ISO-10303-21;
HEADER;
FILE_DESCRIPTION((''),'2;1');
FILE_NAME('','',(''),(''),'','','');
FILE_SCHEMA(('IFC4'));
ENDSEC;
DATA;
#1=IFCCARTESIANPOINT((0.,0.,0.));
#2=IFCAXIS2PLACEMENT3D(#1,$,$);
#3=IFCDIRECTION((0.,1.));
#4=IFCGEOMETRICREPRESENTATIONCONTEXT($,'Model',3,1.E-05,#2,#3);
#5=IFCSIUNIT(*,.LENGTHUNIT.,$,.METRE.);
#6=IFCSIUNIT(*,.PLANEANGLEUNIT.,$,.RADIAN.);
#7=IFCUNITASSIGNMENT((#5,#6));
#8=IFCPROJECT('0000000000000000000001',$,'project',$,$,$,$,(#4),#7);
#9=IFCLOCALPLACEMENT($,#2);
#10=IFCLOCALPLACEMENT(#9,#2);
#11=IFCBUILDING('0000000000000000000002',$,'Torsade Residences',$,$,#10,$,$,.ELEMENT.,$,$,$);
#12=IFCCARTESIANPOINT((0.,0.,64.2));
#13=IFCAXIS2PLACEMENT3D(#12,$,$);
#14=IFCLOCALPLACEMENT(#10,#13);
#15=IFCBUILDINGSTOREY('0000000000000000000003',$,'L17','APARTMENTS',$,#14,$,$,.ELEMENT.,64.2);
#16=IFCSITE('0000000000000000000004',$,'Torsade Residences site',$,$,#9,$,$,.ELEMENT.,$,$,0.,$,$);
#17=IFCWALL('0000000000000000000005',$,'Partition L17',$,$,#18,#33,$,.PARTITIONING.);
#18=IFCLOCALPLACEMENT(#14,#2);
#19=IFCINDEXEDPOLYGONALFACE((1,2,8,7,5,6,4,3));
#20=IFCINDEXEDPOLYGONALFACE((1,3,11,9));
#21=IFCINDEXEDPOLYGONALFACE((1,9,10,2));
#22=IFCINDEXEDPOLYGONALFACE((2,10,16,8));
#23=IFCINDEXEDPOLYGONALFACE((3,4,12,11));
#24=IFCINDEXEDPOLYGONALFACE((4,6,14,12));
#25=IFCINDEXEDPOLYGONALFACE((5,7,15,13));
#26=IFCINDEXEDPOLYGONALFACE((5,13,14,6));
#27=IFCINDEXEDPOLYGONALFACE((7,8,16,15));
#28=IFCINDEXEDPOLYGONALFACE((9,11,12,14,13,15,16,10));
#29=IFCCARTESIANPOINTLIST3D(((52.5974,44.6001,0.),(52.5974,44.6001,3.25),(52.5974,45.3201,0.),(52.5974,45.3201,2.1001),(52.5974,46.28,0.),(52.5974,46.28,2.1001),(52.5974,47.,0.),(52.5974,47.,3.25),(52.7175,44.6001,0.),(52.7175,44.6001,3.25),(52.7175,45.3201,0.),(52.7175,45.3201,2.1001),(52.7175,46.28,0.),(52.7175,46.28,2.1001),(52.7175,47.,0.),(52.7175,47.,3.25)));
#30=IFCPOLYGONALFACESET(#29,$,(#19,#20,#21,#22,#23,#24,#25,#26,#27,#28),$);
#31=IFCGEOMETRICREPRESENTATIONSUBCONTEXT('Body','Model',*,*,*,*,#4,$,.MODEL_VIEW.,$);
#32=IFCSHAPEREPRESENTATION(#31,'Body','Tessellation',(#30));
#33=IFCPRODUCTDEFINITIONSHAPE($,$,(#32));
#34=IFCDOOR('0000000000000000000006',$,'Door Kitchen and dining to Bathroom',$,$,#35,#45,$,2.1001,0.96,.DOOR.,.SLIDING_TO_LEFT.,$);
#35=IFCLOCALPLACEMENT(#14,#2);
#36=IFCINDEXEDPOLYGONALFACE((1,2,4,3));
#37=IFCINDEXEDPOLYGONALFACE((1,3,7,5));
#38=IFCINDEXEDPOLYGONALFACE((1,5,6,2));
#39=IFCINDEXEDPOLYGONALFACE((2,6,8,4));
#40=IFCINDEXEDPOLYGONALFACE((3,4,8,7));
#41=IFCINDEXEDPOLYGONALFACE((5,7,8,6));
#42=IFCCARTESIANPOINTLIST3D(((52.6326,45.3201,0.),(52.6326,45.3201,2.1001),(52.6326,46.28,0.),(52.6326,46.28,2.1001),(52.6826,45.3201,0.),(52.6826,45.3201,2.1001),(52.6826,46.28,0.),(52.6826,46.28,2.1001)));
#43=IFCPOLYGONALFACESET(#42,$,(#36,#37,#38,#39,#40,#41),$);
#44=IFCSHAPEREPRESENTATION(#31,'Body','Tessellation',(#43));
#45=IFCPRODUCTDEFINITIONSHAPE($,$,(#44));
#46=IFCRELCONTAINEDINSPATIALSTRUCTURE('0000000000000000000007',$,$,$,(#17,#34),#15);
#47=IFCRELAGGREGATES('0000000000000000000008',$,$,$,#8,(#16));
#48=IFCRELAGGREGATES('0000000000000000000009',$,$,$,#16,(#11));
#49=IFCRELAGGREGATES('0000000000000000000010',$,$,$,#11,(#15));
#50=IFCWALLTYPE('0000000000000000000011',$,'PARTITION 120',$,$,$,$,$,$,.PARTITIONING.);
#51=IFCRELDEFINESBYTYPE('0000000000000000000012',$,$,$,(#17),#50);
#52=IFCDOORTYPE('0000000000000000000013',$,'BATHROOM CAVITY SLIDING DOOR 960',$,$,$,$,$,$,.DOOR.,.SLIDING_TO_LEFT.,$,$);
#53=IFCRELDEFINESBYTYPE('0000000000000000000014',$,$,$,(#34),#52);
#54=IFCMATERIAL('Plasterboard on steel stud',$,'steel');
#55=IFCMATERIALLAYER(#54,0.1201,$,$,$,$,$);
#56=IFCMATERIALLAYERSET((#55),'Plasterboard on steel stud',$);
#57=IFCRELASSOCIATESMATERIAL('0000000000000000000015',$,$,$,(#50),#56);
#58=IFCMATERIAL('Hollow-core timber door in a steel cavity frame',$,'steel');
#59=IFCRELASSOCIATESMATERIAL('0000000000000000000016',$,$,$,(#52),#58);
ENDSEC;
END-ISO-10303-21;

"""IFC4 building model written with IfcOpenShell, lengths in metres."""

from ifc_helpers import new_model, si_unit, direction, frame, frame_2d, origin, place, context, subcontext, project, spatial, rectangle, extrude, material, layer, layer_set, type_object, element, fill, save


model = new_model("IFC4")

# Units and contexts
model_context = context("Model", 3, precision=1e-05, world=origin(), true_north=direction((0.0, 1.0)))
body_context = subcontext(model_context, "Body", "Model", "MODEL_VIEW")
ifc_project = project(units=[si_unit("LENGTHUNIT", "METRE"), si_unit("PLANEANGLEUNIT", "RADIAN")], contexts=[model_context])

# Site, building, storey
site_placement = place(None, origin())
site = spatial("IfcSite", under=ifc_project, at=site_placement, Name="Torsade Residences site", CompositionType="ELEMENT", RefElevation=0.0)
building_placement = place(site_placement, origin())
building = spatial("IfcBuilding", under=site, at=building_placement, Name="Torsade Residences", CompositionType="ELEMENT")
storey_placement = place(building_placement, frame((0.0, 0.0, 64.2)))
storey = spatial("IfcBuildingStorey", under=building, at=storey_placement, Name="L17", Description="APARTMENTS", CompositionType="ELEMENT", Elevation=64.2)

# Shared definitions
ifc_material_1 = material(Name="Plasterboard on steel stud", Category="steel")
ifc_layer_1 = layer(ifc_material_1, 0.1201)
ifc_layer_set_1 = layer_set([ifc_layer_1], Name="Plasterboard on steel stud")
wall_type_1 = type_object("IfcWallType", Name="PARTITION 120", PredefinedType="PARTITIONING", material=ifc_layer_set_1)

# Shared definitions
ifc_material_2 = material(Name="Hollow-core timber door in a steel cavity frame", Category="steel")
door_type_1 = type_object("IfcDoorType", Name="BATHROOM CAVITY SLIDING DOOR 960", OperationType="SLIDING_TO_LEFT", PredefinedType="DOOR", material=ifc_material_2)

# Wall, opening, door
wall_1_placement = place(storey_placement, frame((52.6575, 44.6001, 0.0), z_axis=(0.0, 0.0, 1.0), x_axis=(0.0, 1.0, 0.0)))
wall_1 = element("IfcWall", 1, at=wall_1_placement, inside=storey, type_object=wall_type_1, Name="Partition L17", PredefinedType="PARTITIONING", context=body_context, shape_type="SweptSolid", body=[
    extrude(rectangle(XDim=2.3999, YDim=0.1201, at=frame_2d((1.2, 0.0))), origin(), (0.0, 0.0, 1.0), 3.25),
])
opening_1_placement = place(wall_1_placement, frame((0.72, 0.0, 0.0)))
opening_1 = element("IfcOpeningElement", 2, at=opening_1_placement, cuts=wall_1, PredefinedType="OPENING", context=body_context, shape_type="SweptSolid", body=[
    extrude(rectangle(XDim=0.96, YDim=2.1001, at=frame_2d((0.48, 1.05))), frame((0.0, 0.0701, 0.0), z_axis=(0.0, -1.0, 0.0), x_axis=(1.0, 0.0, 0.0)), (0.0, 0.0, 1.0), 0.1401),
])
door_1_placement = place(opening_1_placement, origin())
door_1 = element("IfcDoor", 3, at=door_1_placement, inside=storey, type_object=door_type_1, Name="Door Kitchen and dining to Bathroom", OperationType="SLIDING_TO_LEFT", OverallHeight=2.1001, OverallWidth=0.96, PredefinedType="DOOR", context=body_context, shape_type="SweptSolid", body=[
    extrude(rectangle(XDim=0.96, YDim=2.1001, at=frame_2d((0.48, 1.05))), frame((0.0, 0.0249, 0.0), z_axis=(0.0, -1.0, 0.0), x_axis=(1.0, 0.0, 0.0)), (0.0, 0.0, 1.0), 0.05),
])
fill(opening_1, door_1)

save(model, "model.ifc")
